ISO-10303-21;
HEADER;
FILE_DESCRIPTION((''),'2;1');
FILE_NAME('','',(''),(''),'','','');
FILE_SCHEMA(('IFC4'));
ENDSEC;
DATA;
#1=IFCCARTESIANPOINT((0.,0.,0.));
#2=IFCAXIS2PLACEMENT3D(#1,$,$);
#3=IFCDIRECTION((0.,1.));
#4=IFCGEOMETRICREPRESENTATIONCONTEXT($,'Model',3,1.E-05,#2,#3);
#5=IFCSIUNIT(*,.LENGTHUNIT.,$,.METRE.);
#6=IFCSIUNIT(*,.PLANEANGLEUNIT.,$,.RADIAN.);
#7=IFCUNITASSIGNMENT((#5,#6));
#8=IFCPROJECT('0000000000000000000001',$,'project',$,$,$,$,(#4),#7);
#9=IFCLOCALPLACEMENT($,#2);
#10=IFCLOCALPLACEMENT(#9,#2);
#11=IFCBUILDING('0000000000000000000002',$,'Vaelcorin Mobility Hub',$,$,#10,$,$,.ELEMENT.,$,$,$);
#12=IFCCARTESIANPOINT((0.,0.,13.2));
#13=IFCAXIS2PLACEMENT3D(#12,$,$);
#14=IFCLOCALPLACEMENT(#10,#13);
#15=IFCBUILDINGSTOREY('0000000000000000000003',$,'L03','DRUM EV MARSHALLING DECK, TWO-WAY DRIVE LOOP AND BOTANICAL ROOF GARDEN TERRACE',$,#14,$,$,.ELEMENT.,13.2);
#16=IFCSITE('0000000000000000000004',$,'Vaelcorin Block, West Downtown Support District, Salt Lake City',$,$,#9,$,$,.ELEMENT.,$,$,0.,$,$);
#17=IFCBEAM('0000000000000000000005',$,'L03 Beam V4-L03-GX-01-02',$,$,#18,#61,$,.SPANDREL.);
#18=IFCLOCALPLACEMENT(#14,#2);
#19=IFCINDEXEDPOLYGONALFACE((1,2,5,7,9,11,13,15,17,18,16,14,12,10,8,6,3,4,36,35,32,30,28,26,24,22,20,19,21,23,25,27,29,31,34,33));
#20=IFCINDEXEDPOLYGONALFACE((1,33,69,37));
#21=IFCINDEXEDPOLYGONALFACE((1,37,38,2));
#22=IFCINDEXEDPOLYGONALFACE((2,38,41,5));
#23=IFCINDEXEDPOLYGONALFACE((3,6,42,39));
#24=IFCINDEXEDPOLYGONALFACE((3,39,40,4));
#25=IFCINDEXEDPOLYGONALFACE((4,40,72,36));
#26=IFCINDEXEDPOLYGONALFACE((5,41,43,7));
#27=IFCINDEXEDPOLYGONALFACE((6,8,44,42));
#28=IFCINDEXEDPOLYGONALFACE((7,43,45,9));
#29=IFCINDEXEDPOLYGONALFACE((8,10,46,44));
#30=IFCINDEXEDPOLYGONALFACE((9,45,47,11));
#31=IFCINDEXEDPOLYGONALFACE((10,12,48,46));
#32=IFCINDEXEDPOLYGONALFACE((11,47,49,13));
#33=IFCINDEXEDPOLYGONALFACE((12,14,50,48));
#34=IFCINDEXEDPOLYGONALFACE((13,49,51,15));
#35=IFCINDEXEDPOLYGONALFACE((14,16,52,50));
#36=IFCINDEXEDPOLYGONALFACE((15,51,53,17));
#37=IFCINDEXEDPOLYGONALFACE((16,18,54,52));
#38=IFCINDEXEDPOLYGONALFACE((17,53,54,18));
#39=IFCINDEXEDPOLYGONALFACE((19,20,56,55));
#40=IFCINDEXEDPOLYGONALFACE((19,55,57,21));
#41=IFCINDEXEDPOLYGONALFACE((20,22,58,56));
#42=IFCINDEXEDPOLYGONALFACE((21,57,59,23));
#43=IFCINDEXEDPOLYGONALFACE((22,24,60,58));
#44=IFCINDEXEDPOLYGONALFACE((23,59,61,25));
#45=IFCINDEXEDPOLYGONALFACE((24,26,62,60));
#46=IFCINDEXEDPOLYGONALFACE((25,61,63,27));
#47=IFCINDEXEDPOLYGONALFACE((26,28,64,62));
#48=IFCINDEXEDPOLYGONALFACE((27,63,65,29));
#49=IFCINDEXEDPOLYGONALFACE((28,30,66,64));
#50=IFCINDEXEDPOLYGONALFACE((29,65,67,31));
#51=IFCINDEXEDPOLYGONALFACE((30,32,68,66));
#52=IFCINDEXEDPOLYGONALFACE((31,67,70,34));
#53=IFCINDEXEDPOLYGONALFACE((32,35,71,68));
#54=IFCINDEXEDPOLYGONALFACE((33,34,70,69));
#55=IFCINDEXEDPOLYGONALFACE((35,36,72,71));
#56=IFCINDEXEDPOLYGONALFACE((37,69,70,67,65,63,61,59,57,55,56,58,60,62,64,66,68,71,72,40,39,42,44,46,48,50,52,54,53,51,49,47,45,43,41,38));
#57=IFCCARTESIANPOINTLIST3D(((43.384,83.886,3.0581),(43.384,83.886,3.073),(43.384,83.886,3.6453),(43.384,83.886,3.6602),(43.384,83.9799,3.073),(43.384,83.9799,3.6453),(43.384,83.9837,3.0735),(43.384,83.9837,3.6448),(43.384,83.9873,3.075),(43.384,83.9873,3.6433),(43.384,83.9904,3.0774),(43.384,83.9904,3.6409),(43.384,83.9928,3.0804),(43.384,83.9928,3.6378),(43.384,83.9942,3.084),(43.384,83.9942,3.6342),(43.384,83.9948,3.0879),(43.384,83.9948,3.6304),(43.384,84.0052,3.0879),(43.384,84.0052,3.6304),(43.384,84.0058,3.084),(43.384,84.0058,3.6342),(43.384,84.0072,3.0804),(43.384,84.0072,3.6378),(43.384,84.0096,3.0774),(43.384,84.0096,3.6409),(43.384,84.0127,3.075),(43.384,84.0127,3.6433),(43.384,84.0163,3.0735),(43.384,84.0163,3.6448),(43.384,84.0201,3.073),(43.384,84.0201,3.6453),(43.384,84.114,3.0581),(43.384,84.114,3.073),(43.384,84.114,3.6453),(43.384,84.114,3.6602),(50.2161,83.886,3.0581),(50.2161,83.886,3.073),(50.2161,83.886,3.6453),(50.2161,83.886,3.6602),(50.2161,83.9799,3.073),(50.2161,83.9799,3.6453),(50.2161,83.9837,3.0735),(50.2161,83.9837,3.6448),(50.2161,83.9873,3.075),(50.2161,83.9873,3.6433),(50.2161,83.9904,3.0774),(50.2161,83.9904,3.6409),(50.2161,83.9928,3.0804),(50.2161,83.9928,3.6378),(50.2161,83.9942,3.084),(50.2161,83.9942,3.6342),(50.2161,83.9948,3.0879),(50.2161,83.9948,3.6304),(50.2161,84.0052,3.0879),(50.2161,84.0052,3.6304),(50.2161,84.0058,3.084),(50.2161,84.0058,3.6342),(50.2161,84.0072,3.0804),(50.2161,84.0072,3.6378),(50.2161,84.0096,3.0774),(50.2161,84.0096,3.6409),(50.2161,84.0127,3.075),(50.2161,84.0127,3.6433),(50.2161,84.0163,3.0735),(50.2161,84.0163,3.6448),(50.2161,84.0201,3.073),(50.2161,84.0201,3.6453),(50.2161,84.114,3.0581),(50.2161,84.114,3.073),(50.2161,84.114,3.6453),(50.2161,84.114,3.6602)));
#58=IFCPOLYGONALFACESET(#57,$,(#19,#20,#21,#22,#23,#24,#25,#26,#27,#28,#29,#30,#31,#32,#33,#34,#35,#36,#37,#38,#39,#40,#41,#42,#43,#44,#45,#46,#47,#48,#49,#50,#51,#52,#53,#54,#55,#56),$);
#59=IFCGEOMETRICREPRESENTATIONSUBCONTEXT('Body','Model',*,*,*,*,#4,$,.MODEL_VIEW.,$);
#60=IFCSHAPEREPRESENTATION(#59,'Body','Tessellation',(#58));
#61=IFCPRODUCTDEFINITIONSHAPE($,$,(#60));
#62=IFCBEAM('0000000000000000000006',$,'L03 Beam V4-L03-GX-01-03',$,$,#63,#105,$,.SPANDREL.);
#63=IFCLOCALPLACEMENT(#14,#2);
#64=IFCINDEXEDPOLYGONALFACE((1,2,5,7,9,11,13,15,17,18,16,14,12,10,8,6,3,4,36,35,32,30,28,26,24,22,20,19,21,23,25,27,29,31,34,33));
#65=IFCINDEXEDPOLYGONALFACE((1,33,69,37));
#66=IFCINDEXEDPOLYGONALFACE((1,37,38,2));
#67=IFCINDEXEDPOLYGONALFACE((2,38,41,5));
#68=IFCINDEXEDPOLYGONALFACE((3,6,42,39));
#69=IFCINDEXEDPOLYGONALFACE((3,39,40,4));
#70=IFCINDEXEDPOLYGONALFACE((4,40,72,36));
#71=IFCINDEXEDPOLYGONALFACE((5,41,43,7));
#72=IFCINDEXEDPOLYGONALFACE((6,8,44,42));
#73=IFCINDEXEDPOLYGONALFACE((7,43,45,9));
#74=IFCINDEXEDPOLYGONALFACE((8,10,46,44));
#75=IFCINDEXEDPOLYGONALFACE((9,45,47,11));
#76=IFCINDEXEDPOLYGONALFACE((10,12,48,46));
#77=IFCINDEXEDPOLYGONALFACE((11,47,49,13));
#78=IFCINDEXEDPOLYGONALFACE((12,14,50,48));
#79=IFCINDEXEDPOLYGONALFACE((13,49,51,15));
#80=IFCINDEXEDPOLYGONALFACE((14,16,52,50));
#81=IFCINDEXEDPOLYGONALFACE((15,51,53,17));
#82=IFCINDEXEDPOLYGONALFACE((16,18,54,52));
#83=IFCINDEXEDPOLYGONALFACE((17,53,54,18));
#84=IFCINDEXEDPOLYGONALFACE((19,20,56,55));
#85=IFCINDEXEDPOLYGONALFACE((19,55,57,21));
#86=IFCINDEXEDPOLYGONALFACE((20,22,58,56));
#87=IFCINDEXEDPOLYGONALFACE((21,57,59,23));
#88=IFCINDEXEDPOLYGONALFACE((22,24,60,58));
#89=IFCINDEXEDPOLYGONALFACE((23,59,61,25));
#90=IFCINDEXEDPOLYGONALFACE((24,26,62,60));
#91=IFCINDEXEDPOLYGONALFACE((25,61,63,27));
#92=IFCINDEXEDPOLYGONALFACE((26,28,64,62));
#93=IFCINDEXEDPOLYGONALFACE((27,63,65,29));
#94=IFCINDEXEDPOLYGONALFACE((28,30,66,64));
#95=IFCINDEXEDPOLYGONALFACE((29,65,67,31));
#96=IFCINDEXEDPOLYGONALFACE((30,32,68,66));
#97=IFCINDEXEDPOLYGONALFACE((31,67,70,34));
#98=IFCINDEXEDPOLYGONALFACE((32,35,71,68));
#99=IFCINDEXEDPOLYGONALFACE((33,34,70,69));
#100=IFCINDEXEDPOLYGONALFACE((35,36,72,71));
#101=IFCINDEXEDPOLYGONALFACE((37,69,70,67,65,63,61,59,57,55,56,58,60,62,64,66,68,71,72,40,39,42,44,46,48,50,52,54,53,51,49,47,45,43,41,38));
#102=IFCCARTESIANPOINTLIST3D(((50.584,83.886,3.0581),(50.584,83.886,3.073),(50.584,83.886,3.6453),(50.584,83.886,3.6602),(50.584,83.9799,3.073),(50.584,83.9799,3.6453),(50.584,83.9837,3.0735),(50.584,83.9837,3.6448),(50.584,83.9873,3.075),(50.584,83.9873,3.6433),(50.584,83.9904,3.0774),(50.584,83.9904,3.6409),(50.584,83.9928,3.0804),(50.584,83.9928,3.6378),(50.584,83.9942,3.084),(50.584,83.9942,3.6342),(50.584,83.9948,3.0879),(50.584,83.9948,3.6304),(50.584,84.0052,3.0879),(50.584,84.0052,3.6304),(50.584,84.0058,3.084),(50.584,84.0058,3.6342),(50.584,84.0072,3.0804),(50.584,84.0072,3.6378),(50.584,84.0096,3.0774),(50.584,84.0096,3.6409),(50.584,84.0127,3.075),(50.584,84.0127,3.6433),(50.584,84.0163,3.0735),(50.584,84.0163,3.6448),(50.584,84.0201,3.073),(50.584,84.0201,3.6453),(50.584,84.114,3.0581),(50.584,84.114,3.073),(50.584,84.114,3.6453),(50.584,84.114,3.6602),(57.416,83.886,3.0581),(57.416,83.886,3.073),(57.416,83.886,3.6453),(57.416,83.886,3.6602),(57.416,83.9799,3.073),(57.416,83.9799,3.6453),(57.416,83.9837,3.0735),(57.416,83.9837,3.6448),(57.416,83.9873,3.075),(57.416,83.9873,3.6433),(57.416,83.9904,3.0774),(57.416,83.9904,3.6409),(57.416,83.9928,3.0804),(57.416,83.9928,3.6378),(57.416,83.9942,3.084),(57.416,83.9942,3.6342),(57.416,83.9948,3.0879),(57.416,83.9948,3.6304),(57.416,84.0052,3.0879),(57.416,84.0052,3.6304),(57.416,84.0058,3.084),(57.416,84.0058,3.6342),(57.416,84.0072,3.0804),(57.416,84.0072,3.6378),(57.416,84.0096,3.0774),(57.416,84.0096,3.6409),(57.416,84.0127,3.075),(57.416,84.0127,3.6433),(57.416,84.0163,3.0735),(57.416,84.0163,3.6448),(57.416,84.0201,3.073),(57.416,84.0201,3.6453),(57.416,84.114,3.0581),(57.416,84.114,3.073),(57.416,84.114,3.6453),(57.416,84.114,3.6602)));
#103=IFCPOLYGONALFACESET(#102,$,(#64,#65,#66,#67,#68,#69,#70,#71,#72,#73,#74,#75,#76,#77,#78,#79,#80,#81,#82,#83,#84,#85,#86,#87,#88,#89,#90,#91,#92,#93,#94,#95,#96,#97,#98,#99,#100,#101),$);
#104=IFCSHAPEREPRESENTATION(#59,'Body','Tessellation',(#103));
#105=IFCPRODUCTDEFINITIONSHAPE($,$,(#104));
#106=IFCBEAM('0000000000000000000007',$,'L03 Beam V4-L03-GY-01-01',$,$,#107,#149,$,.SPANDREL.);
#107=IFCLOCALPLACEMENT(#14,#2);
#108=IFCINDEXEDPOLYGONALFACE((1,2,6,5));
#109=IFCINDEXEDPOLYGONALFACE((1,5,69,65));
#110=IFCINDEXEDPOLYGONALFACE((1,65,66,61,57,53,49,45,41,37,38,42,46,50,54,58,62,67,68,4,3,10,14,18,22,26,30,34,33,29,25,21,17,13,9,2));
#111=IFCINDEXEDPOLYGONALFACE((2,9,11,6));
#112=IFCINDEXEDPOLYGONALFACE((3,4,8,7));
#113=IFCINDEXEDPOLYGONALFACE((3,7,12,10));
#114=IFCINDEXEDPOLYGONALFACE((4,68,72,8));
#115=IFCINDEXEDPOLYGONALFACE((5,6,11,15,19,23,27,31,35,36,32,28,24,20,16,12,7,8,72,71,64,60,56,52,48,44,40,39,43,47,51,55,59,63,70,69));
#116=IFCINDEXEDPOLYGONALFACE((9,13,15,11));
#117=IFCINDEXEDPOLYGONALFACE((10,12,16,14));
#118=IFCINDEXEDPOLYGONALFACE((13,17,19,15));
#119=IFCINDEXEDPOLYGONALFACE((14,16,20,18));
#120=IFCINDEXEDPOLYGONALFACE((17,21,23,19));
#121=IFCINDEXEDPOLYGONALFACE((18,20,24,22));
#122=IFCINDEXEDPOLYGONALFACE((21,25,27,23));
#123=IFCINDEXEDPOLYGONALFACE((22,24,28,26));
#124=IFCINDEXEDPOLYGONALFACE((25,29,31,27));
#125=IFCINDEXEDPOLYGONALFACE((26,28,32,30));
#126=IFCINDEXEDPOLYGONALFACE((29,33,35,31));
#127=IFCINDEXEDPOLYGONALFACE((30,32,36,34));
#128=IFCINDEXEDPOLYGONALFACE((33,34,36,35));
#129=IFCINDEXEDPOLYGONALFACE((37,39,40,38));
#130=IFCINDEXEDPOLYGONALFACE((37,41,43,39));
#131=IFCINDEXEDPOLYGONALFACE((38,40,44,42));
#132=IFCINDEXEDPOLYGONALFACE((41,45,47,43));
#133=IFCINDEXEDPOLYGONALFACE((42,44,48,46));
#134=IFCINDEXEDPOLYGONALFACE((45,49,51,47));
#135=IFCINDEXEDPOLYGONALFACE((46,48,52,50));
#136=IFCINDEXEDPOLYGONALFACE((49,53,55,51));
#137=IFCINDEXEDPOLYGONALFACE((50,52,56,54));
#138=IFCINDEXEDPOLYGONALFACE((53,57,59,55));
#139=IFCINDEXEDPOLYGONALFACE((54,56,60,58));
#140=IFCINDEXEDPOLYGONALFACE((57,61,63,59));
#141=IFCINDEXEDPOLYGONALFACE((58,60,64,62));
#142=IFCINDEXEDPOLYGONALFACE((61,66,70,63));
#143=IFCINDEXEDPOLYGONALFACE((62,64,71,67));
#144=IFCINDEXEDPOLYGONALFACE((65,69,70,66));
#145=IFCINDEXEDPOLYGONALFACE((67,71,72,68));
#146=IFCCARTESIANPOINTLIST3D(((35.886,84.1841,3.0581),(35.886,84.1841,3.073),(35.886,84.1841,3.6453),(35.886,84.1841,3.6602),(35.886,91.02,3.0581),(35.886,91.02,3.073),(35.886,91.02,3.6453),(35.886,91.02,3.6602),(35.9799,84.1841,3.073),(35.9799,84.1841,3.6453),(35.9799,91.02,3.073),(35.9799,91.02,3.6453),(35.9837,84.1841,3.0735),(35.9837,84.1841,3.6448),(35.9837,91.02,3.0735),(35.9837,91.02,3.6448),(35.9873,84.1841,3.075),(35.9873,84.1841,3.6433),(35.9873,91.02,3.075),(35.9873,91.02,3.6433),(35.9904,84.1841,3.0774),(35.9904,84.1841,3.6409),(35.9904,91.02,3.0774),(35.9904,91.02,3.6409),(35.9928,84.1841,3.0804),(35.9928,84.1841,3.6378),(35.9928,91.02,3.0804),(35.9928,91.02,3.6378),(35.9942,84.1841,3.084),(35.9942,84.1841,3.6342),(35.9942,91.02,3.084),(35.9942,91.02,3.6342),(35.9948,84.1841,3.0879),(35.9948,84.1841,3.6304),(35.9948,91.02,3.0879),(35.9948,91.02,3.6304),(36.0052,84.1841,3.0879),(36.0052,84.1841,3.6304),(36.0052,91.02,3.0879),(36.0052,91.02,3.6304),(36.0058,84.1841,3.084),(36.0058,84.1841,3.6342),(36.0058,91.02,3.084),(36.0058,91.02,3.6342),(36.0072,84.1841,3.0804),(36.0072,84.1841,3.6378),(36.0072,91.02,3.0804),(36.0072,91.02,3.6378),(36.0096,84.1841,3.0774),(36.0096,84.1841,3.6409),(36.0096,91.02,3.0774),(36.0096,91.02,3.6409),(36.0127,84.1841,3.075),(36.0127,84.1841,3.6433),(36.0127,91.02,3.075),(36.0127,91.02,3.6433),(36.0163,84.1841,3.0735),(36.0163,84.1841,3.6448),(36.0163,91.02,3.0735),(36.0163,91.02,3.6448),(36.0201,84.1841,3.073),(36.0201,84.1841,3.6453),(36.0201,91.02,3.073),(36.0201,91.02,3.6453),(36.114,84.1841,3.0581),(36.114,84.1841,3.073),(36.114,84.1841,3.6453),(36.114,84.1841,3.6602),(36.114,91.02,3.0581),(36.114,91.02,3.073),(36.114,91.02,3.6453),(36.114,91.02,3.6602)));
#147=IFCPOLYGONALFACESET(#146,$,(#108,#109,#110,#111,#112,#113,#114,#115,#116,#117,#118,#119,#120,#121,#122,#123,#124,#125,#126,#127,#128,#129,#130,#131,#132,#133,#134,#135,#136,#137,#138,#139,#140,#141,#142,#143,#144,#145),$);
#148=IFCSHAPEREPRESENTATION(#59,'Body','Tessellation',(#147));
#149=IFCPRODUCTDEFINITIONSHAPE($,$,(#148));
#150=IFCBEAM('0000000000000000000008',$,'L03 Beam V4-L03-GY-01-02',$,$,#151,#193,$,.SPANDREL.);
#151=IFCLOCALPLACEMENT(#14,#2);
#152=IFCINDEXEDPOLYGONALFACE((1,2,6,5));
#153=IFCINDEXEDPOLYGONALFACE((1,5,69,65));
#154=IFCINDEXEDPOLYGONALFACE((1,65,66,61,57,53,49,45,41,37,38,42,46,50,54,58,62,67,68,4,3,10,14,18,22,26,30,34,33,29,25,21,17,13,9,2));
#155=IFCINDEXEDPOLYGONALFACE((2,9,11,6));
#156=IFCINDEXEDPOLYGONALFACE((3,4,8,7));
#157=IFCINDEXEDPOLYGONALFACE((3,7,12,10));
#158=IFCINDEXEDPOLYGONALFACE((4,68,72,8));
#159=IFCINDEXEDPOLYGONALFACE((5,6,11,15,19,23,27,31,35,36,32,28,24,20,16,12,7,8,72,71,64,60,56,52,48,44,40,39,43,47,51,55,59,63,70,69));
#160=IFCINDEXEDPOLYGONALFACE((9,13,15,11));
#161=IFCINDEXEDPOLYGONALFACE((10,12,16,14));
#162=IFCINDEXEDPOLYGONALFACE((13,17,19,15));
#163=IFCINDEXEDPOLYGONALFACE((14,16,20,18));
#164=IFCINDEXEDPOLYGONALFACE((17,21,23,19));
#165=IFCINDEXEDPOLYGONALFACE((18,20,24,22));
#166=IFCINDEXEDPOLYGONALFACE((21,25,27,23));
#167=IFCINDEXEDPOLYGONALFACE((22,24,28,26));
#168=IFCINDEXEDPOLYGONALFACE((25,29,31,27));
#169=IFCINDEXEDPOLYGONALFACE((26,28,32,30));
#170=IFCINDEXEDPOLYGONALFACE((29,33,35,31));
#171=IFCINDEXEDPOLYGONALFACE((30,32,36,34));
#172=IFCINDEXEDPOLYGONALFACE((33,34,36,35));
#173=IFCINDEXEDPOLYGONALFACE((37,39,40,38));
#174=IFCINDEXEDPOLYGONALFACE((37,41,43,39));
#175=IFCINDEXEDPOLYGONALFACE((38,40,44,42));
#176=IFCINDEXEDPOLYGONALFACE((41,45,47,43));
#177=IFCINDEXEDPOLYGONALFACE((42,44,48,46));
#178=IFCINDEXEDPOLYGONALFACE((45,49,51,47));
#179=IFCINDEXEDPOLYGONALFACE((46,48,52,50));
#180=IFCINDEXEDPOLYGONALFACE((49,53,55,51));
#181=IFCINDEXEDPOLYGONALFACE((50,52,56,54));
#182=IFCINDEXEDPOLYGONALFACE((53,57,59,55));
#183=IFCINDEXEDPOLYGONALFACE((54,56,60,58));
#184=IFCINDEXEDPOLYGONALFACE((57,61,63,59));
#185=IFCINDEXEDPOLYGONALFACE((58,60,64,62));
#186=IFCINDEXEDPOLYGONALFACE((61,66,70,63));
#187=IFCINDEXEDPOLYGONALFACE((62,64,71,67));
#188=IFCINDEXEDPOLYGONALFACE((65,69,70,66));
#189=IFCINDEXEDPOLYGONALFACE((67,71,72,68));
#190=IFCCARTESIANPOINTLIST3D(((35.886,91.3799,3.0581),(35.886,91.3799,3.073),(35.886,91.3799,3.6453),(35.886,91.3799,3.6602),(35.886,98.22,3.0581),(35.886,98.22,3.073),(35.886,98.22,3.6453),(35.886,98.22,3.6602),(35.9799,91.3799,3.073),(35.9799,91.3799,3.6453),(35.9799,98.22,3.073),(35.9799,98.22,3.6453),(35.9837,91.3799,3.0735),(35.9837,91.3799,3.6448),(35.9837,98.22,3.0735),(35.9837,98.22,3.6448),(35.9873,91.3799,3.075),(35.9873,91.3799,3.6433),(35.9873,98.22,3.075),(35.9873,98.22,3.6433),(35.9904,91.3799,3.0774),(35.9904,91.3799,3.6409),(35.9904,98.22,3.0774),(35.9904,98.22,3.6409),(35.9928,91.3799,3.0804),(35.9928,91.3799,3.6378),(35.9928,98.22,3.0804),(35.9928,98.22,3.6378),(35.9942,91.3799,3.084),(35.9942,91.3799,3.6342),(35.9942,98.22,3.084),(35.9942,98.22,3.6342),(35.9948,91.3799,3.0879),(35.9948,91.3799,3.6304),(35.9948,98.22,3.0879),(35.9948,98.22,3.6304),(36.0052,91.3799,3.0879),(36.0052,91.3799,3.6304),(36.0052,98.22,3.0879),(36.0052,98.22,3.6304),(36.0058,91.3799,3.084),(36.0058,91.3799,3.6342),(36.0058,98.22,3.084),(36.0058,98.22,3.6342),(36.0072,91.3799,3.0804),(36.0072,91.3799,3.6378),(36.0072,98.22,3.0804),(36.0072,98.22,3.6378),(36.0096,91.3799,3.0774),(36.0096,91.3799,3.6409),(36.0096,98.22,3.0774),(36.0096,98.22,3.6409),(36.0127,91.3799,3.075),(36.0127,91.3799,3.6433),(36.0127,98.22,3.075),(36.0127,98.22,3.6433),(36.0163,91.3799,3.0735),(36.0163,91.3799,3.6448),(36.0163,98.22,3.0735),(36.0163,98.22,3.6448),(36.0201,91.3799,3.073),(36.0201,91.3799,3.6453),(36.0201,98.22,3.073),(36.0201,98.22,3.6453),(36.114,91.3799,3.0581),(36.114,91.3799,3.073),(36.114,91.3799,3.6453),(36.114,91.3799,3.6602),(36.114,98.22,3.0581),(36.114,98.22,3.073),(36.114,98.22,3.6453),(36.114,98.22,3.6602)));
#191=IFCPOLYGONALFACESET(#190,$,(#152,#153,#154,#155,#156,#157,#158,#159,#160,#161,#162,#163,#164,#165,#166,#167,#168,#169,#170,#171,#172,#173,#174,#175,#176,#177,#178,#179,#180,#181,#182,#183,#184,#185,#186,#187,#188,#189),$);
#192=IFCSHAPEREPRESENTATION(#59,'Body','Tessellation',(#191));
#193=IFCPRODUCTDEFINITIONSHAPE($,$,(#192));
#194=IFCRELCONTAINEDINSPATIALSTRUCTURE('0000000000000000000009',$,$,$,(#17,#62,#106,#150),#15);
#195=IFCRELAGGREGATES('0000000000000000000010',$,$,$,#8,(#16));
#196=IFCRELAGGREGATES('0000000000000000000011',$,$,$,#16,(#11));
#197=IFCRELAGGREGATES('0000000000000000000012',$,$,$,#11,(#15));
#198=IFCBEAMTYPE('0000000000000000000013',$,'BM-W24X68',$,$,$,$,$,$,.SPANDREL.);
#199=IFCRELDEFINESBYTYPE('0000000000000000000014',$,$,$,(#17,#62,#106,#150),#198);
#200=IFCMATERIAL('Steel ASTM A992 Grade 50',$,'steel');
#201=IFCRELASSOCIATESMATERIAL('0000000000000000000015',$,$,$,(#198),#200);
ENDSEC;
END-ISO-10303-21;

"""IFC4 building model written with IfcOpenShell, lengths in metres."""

from ifc_helpers import new_model, si_unit, direction, frame, origin, origin_2d, place, context, subcontext, project, spatial, i_section, extrude, material, material_profile, profile_set, type_object, element, save


model = new_model("IFC4")

# Units and contexts
model_context = context("Model", 3, precision=1e-05, world=origin(), true_north=direction((0.0, 1.0)))
body_context = subcontext(model_context, "Body", "Model", "MODEL_VIEW")
ifc_project = project(units=[si_unit("LENGTHUNIT", "METRE"), si_unit("PLANEANGLEUNIT", "RADIAN")], contexts=[model_context])

# Site, building, storey
site_placement = place(None, origin())
site = spatial("IfcSite", under=ifc_project, at=site_placement, Name="Vaelcorin Block, West Downtown Support District, Salt Lake City", CompositionType="ELEMENT", RefElevation=0.0)
building_placement = place(site_placement, origin())
building = spatial("IfcBuilding", under=site, at=building_placement, Name="Vaelcorin Mobility Hub", CompositionType="ELEMENT")
storey_placement = place(building_placement, frame((0.0, 0.0, 13.2)))
storey = spatial("IfcBuildingStorey", under=building, at=storey_placement, Name="L03", Description="DRUM EV MARSHALLING DECK, TWO-WAY DRIVE LOOP AND BOTANICAL ROOF GARDEN TERRACE", CompositionType="ELEMENT", Elevation=13.2)

# Shared definitions
ifc_material_1 = material(Name="Steel ASTM A992 Grade 50", Category="steel")

# Beams
ifc_material_profile_1 = material_profile(ifc_material_1, i_section(OverallWidth=0.228, OverallDepth=0.6021, WebThickness=0.0105, FlangeThickness=0.0149, FilletRadius=0.0149, at=origin_2d()), Name="W24X68")
ifc_profile_set_1 = profile_set([ifc_material_profile_1], Name="Steel ASTM A992 Grade 50")
beam_type_1 = type_object("IfcBeamType", Name="BM-W24X68", PredefinedType="SPANDREL", material=ifc_profile_set_1)
for number, where, z_axis, x_axis, name in (
    (1, (43.384, 84.0, 3.3591), (1.0, 0.0, 0.0), (0.0, 1.0, 0.0), "L03 Beam V4-L03-GX-01-02"),
    (2, (50.584, 84.0, 3.3591), (1.0, 0.0, 0.0), (0.0, 1.0, 0.0), "L03 Beam V4-L03-GX-01-03"),
):
    element("IfcBeam", number, at=place(storey_placement, frame(where, z_axis=z_axis, x_axis=x_axis)), inside=storey, type_object=beam_type_1, Name=name, PredefinedType="SPANDREL", context=body_context, shape_type="SweptSolid", body=[
        extrude(i_section(OverallWidth=0.228, OverallDepth=0.6021, WebThickness=0.0105, FlangeThickness=0.0149, FilletRadius=0.0149, at=origin_2d()), origin(), (0.0, 0.0, 1.0), 6.832),
    ])
beam_1_placement = place(storey_placement, frame((36.0, 84.1841, 3.3591), z_axis=(0.0, 1.0, 0.0), x_axis=(-1.0, 0.0, 0.0)))
element("IfcBeam", 3, at=beam_1_placement, inside=storey, type_object=beam_type_1, Name="L03 Beam V4-L03-GY-01-01", PredefinedType="SPANDREL", context=body_context, shape_type="SweptSolid", body=[
    extrude(i_section(OverallWidth=0.228, OverallDepth=0.6021, WebThickness=0.0105, FlangeThickness=0.0149, FilletRadius=0.0149, at=origin_2d()), origin(), (0.0, 0.0, 1.0), 6.8359),
])
beam_2_placement = place(storey_placement, frame((36.0, 91.3799, 3.3591), z_axis=(0.0, 1.0, 0.0), x_axis=(-1.0, 0.0, 0.0)))
element("IfcBeam", 4, at=beam_2_placement, inside=storey, type_object=beam_type_1, Name="L03 Beam V4-L03-GY-01-02", PredefinedType="SPANDREL", context=body_context, shape_type="SweptSolid", body=[
    extrude(i_section(OverallWidth=0.228, OverallDepth=0.6021, WebThickness=0.0105, FlangeThickness=0.0149, FilletRadius=0.0149, at=origin_2d()), origin(), (0.0, 0.0, 1.0), 6.8401),
])

save(model, "model.ifc")
